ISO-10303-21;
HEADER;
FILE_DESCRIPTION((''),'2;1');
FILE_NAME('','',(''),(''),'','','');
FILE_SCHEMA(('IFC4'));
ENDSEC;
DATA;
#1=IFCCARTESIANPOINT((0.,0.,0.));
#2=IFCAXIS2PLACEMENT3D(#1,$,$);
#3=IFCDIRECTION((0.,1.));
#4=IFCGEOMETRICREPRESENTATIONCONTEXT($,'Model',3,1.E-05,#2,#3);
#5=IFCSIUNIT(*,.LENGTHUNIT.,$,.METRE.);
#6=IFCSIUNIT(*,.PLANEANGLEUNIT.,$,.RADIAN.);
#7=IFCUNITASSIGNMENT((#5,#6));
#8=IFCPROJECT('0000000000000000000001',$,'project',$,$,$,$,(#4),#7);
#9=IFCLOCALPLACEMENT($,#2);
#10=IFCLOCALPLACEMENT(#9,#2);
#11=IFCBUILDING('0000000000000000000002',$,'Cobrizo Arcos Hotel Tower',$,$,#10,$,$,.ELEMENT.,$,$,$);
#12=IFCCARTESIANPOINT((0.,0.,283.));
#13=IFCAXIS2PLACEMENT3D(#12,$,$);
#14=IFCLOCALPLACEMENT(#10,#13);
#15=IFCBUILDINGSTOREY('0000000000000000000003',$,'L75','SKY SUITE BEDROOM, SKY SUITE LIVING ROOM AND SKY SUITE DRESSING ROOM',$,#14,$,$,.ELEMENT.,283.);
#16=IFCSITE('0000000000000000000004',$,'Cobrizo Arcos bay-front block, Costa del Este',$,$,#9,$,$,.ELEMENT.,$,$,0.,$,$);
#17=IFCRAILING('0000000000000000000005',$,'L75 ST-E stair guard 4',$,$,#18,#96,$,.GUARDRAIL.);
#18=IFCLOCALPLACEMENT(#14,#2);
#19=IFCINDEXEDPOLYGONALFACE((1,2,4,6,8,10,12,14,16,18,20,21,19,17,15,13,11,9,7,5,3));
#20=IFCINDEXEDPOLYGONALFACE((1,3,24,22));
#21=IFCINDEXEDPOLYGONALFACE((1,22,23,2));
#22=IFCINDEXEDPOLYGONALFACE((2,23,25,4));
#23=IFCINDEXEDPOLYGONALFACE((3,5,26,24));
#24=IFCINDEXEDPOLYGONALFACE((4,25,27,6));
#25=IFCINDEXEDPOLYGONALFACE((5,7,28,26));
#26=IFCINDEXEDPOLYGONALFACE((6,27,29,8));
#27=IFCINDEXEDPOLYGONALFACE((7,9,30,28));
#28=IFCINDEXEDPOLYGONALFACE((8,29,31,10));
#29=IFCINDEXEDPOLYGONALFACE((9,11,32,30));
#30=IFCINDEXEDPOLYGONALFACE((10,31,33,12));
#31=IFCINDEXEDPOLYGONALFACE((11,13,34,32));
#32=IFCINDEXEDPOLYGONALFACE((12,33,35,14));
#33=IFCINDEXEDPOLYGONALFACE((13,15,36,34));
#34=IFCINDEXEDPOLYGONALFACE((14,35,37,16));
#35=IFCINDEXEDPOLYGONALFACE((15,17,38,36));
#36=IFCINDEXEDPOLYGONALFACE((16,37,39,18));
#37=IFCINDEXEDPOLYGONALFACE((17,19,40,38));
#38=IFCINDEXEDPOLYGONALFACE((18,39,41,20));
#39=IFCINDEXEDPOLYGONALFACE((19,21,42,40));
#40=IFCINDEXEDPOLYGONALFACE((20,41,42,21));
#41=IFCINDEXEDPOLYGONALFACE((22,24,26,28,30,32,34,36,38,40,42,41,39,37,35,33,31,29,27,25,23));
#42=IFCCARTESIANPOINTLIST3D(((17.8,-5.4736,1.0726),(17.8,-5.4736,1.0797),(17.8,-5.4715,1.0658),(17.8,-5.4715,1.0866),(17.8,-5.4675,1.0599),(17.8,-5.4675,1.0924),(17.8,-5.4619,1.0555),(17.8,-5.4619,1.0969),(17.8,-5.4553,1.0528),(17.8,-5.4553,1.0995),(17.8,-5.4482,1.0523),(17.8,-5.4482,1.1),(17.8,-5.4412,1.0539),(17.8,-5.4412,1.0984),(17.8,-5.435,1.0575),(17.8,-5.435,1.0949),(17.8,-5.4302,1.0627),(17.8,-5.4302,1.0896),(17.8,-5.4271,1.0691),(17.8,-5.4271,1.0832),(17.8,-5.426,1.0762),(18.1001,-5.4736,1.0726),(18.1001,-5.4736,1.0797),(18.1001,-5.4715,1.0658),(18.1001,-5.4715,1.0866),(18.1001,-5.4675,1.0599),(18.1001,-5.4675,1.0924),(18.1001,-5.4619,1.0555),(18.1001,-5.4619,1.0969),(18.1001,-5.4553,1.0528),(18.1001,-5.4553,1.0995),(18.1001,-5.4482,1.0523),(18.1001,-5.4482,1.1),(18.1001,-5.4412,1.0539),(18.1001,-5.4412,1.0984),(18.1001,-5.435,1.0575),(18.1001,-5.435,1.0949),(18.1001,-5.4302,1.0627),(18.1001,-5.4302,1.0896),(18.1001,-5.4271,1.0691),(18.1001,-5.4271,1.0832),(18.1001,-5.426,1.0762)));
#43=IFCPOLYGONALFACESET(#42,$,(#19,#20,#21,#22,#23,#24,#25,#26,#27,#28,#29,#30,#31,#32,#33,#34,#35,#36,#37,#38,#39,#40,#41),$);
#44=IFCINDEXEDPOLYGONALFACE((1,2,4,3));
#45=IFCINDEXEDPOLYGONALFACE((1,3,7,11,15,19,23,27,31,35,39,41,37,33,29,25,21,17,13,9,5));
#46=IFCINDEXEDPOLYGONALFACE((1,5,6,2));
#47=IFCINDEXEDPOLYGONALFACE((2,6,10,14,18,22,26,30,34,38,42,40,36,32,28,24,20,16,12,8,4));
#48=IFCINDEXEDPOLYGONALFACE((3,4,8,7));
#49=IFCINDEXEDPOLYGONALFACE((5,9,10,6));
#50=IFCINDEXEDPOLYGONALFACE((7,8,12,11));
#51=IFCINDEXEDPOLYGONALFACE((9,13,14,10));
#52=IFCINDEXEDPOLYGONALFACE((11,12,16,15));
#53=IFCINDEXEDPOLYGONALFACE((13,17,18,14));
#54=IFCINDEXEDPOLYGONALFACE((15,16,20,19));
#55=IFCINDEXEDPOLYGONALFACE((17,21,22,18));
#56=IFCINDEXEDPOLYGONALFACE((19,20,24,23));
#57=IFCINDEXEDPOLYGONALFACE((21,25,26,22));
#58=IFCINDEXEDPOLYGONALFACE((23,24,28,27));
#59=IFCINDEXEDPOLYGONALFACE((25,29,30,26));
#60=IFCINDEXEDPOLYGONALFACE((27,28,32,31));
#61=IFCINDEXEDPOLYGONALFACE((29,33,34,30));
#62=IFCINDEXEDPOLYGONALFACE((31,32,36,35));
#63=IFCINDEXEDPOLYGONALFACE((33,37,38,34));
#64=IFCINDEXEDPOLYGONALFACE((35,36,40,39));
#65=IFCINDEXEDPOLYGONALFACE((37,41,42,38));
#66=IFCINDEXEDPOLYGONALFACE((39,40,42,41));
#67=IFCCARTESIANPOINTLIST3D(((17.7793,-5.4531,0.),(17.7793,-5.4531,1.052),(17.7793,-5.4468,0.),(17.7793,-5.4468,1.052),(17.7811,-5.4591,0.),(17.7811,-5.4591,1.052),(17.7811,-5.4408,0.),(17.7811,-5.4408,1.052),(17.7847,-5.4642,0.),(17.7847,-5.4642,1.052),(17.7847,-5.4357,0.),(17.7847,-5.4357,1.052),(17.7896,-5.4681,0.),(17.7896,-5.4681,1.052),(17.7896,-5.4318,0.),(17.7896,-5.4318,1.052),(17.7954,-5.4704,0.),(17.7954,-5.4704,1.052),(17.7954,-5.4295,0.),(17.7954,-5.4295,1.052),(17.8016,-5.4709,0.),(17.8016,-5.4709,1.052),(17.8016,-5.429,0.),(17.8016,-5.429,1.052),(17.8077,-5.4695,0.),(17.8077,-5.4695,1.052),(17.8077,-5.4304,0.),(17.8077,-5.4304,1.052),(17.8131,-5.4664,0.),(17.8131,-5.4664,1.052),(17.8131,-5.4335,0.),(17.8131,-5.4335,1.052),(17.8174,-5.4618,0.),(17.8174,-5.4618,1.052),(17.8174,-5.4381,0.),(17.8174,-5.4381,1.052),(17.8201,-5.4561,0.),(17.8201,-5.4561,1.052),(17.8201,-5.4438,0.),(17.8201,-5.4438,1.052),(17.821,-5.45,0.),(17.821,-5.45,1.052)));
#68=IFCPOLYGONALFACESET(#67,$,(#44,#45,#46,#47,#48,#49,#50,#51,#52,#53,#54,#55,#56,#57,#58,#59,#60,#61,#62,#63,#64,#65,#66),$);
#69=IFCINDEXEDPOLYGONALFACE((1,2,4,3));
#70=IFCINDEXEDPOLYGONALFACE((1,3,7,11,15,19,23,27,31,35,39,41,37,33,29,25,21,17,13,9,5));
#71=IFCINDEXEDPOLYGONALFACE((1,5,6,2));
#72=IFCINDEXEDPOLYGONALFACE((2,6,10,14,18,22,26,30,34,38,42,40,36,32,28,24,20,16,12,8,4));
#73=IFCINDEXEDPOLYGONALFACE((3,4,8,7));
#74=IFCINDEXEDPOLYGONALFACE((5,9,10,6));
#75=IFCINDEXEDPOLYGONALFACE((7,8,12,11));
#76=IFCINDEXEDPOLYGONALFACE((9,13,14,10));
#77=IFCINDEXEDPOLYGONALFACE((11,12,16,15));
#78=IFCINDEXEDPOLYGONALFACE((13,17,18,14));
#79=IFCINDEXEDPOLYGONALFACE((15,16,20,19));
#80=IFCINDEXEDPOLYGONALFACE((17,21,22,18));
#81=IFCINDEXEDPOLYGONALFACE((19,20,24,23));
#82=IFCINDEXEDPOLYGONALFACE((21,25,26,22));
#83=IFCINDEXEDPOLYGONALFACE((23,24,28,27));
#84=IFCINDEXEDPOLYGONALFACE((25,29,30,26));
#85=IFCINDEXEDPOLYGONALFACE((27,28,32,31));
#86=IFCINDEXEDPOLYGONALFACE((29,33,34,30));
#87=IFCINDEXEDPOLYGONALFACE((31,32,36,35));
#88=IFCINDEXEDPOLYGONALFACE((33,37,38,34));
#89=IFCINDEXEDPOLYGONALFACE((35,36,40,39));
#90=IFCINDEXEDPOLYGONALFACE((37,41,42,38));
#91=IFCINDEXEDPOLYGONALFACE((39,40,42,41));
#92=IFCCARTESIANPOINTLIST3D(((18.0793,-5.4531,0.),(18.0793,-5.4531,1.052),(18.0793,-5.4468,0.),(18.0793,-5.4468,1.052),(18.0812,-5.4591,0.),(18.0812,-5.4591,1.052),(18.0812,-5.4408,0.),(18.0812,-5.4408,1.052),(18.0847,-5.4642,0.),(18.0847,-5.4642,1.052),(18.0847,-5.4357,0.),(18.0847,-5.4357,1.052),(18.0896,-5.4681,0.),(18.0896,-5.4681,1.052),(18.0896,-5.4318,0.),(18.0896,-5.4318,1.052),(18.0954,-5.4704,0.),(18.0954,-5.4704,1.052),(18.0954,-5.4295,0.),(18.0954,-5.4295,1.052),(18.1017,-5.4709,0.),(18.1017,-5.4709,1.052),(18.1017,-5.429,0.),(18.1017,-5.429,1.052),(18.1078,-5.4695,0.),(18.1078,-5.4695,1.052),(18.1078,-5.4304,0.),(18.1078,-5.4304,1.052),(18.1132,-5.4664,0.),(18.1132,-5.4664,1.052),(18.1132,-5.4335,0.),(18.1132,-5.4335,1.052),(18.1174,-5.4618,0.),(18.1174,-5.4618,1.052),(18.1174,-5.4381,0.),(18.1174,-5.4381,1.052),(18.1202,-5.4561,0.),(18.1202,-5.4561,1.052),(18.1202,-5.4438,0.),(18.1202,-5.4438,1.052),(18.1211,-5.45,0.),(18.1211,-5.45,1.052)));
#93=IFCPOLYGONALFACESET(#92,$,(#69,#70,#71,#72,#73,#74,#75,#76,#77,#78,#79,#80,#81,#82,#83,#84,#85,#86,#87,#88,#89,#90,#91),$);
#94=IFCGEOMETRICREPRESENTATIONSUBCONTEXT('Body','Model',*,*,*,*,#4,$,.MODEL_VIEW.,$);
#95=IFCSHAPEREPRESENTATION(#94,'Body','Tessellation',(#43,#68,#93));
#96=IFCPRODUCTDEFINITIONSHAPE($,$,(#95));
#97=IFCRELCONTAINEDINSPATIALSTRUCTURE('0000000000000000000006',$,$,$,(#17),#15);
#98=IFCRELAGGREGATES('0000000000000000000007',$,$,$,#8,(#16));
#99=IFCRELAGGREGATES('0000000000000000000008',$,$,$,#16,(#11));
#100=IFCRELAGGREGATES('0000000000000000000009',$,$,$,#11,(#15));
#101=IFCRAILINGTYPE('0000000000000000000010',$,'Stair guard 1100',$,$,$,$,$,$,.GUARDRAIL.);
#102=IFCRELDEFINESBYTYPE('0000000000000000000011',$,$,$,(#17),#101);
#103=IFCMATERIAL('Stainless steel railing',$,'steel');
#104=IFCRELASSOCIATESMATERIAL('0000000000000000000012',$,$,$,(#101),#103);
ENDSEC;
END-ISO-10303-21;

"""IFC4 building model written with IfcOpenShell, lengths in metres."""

from ifc_helpers import new_model, si_unit, direction, frame, origin, origin_2d, place, context, subcontext, project, spatial, circle, extrude, material, type_object, element, save


model = new_model("IFC4")

# Units and contexts
model_context = context("Model", 3, precision=1e-05, world=origin(), true_north=direction((0.0, 1.0)))
body_context = subcontext(model_context, "Body", "Model", "MODEL_VIEW")
ifc_project = project(units=[si_unit("LENGTHUNIT", "METRE"), si_unit("PLANEANGLEUNIT", "RADIAN")], contexts=[model_context])

# Site, building, storey
site_placement = place(None, origin())
site = spatial("IfcSite", under=ifc_project, at=site_placement, Name="Cobrizo Arcos bay-front block, Costa del Este", CompositionType="ELEMENT", RefElevation=0.0)
building_placement = place(site_placement, origin())
building = spatial("IfcBuilding", under=site, at=building_placement, Name="Cobrizo Arcos Hotel Tower", CompositionType="ELEMENT")
storey_placement = place(building_placement, frame((0.0, 0.0, 283.0)))
storey = spatial("IfcBuildingStorey", under=building, at=storey_placement, Name="L75", Description="SKY SUITE BEDROOM, SKY SUITE LIVING ROOM AND SKY SUITE DRESSING ROOM", CompositionType="ELEMENT", Elevation=283.0)

# Railing
ifc_material_1 = material(Name="Stainless steel railing", Category="steel")
railing_type_1 = type_object("IfcRailingType", Name="Stair guard 1100", PredefinedType="GUARDRAIL", material=ifc_material_1)
railing_1_placement = place(storey_placement, frame((17.8, -5.45, 0.0)))
element("IfcRailing", 1, at=railing_1_placement, inside=storey, type_object=railing_type_1, Name="L75 ST-E stair guard 4", PredefinedType="GUARDRAIL", context=body_context, shape_type="SweptSolid", body=[
    extrude(circle(Radius=0.0239, at=origin_2d()), frame((0.0, 0.0, 1.0762), z_axis=(1.0, 0.0, 0.0), x_axis=(0.0, 1.0, 0.0)), (0.0, 0.0, 1.0), 0.3),
    extrude(circle(Radius=0.021, at=origin_2d()), origin(), (0.0, 0.0, 1.0), 1.052),
    extrude(circle(Radius=0.021, at=origin_2d()), frame((0.3, 0.0, 0.0)), (0.0, 0.0, 1.0), 1.052),
])

save(model, "model.ifc")
